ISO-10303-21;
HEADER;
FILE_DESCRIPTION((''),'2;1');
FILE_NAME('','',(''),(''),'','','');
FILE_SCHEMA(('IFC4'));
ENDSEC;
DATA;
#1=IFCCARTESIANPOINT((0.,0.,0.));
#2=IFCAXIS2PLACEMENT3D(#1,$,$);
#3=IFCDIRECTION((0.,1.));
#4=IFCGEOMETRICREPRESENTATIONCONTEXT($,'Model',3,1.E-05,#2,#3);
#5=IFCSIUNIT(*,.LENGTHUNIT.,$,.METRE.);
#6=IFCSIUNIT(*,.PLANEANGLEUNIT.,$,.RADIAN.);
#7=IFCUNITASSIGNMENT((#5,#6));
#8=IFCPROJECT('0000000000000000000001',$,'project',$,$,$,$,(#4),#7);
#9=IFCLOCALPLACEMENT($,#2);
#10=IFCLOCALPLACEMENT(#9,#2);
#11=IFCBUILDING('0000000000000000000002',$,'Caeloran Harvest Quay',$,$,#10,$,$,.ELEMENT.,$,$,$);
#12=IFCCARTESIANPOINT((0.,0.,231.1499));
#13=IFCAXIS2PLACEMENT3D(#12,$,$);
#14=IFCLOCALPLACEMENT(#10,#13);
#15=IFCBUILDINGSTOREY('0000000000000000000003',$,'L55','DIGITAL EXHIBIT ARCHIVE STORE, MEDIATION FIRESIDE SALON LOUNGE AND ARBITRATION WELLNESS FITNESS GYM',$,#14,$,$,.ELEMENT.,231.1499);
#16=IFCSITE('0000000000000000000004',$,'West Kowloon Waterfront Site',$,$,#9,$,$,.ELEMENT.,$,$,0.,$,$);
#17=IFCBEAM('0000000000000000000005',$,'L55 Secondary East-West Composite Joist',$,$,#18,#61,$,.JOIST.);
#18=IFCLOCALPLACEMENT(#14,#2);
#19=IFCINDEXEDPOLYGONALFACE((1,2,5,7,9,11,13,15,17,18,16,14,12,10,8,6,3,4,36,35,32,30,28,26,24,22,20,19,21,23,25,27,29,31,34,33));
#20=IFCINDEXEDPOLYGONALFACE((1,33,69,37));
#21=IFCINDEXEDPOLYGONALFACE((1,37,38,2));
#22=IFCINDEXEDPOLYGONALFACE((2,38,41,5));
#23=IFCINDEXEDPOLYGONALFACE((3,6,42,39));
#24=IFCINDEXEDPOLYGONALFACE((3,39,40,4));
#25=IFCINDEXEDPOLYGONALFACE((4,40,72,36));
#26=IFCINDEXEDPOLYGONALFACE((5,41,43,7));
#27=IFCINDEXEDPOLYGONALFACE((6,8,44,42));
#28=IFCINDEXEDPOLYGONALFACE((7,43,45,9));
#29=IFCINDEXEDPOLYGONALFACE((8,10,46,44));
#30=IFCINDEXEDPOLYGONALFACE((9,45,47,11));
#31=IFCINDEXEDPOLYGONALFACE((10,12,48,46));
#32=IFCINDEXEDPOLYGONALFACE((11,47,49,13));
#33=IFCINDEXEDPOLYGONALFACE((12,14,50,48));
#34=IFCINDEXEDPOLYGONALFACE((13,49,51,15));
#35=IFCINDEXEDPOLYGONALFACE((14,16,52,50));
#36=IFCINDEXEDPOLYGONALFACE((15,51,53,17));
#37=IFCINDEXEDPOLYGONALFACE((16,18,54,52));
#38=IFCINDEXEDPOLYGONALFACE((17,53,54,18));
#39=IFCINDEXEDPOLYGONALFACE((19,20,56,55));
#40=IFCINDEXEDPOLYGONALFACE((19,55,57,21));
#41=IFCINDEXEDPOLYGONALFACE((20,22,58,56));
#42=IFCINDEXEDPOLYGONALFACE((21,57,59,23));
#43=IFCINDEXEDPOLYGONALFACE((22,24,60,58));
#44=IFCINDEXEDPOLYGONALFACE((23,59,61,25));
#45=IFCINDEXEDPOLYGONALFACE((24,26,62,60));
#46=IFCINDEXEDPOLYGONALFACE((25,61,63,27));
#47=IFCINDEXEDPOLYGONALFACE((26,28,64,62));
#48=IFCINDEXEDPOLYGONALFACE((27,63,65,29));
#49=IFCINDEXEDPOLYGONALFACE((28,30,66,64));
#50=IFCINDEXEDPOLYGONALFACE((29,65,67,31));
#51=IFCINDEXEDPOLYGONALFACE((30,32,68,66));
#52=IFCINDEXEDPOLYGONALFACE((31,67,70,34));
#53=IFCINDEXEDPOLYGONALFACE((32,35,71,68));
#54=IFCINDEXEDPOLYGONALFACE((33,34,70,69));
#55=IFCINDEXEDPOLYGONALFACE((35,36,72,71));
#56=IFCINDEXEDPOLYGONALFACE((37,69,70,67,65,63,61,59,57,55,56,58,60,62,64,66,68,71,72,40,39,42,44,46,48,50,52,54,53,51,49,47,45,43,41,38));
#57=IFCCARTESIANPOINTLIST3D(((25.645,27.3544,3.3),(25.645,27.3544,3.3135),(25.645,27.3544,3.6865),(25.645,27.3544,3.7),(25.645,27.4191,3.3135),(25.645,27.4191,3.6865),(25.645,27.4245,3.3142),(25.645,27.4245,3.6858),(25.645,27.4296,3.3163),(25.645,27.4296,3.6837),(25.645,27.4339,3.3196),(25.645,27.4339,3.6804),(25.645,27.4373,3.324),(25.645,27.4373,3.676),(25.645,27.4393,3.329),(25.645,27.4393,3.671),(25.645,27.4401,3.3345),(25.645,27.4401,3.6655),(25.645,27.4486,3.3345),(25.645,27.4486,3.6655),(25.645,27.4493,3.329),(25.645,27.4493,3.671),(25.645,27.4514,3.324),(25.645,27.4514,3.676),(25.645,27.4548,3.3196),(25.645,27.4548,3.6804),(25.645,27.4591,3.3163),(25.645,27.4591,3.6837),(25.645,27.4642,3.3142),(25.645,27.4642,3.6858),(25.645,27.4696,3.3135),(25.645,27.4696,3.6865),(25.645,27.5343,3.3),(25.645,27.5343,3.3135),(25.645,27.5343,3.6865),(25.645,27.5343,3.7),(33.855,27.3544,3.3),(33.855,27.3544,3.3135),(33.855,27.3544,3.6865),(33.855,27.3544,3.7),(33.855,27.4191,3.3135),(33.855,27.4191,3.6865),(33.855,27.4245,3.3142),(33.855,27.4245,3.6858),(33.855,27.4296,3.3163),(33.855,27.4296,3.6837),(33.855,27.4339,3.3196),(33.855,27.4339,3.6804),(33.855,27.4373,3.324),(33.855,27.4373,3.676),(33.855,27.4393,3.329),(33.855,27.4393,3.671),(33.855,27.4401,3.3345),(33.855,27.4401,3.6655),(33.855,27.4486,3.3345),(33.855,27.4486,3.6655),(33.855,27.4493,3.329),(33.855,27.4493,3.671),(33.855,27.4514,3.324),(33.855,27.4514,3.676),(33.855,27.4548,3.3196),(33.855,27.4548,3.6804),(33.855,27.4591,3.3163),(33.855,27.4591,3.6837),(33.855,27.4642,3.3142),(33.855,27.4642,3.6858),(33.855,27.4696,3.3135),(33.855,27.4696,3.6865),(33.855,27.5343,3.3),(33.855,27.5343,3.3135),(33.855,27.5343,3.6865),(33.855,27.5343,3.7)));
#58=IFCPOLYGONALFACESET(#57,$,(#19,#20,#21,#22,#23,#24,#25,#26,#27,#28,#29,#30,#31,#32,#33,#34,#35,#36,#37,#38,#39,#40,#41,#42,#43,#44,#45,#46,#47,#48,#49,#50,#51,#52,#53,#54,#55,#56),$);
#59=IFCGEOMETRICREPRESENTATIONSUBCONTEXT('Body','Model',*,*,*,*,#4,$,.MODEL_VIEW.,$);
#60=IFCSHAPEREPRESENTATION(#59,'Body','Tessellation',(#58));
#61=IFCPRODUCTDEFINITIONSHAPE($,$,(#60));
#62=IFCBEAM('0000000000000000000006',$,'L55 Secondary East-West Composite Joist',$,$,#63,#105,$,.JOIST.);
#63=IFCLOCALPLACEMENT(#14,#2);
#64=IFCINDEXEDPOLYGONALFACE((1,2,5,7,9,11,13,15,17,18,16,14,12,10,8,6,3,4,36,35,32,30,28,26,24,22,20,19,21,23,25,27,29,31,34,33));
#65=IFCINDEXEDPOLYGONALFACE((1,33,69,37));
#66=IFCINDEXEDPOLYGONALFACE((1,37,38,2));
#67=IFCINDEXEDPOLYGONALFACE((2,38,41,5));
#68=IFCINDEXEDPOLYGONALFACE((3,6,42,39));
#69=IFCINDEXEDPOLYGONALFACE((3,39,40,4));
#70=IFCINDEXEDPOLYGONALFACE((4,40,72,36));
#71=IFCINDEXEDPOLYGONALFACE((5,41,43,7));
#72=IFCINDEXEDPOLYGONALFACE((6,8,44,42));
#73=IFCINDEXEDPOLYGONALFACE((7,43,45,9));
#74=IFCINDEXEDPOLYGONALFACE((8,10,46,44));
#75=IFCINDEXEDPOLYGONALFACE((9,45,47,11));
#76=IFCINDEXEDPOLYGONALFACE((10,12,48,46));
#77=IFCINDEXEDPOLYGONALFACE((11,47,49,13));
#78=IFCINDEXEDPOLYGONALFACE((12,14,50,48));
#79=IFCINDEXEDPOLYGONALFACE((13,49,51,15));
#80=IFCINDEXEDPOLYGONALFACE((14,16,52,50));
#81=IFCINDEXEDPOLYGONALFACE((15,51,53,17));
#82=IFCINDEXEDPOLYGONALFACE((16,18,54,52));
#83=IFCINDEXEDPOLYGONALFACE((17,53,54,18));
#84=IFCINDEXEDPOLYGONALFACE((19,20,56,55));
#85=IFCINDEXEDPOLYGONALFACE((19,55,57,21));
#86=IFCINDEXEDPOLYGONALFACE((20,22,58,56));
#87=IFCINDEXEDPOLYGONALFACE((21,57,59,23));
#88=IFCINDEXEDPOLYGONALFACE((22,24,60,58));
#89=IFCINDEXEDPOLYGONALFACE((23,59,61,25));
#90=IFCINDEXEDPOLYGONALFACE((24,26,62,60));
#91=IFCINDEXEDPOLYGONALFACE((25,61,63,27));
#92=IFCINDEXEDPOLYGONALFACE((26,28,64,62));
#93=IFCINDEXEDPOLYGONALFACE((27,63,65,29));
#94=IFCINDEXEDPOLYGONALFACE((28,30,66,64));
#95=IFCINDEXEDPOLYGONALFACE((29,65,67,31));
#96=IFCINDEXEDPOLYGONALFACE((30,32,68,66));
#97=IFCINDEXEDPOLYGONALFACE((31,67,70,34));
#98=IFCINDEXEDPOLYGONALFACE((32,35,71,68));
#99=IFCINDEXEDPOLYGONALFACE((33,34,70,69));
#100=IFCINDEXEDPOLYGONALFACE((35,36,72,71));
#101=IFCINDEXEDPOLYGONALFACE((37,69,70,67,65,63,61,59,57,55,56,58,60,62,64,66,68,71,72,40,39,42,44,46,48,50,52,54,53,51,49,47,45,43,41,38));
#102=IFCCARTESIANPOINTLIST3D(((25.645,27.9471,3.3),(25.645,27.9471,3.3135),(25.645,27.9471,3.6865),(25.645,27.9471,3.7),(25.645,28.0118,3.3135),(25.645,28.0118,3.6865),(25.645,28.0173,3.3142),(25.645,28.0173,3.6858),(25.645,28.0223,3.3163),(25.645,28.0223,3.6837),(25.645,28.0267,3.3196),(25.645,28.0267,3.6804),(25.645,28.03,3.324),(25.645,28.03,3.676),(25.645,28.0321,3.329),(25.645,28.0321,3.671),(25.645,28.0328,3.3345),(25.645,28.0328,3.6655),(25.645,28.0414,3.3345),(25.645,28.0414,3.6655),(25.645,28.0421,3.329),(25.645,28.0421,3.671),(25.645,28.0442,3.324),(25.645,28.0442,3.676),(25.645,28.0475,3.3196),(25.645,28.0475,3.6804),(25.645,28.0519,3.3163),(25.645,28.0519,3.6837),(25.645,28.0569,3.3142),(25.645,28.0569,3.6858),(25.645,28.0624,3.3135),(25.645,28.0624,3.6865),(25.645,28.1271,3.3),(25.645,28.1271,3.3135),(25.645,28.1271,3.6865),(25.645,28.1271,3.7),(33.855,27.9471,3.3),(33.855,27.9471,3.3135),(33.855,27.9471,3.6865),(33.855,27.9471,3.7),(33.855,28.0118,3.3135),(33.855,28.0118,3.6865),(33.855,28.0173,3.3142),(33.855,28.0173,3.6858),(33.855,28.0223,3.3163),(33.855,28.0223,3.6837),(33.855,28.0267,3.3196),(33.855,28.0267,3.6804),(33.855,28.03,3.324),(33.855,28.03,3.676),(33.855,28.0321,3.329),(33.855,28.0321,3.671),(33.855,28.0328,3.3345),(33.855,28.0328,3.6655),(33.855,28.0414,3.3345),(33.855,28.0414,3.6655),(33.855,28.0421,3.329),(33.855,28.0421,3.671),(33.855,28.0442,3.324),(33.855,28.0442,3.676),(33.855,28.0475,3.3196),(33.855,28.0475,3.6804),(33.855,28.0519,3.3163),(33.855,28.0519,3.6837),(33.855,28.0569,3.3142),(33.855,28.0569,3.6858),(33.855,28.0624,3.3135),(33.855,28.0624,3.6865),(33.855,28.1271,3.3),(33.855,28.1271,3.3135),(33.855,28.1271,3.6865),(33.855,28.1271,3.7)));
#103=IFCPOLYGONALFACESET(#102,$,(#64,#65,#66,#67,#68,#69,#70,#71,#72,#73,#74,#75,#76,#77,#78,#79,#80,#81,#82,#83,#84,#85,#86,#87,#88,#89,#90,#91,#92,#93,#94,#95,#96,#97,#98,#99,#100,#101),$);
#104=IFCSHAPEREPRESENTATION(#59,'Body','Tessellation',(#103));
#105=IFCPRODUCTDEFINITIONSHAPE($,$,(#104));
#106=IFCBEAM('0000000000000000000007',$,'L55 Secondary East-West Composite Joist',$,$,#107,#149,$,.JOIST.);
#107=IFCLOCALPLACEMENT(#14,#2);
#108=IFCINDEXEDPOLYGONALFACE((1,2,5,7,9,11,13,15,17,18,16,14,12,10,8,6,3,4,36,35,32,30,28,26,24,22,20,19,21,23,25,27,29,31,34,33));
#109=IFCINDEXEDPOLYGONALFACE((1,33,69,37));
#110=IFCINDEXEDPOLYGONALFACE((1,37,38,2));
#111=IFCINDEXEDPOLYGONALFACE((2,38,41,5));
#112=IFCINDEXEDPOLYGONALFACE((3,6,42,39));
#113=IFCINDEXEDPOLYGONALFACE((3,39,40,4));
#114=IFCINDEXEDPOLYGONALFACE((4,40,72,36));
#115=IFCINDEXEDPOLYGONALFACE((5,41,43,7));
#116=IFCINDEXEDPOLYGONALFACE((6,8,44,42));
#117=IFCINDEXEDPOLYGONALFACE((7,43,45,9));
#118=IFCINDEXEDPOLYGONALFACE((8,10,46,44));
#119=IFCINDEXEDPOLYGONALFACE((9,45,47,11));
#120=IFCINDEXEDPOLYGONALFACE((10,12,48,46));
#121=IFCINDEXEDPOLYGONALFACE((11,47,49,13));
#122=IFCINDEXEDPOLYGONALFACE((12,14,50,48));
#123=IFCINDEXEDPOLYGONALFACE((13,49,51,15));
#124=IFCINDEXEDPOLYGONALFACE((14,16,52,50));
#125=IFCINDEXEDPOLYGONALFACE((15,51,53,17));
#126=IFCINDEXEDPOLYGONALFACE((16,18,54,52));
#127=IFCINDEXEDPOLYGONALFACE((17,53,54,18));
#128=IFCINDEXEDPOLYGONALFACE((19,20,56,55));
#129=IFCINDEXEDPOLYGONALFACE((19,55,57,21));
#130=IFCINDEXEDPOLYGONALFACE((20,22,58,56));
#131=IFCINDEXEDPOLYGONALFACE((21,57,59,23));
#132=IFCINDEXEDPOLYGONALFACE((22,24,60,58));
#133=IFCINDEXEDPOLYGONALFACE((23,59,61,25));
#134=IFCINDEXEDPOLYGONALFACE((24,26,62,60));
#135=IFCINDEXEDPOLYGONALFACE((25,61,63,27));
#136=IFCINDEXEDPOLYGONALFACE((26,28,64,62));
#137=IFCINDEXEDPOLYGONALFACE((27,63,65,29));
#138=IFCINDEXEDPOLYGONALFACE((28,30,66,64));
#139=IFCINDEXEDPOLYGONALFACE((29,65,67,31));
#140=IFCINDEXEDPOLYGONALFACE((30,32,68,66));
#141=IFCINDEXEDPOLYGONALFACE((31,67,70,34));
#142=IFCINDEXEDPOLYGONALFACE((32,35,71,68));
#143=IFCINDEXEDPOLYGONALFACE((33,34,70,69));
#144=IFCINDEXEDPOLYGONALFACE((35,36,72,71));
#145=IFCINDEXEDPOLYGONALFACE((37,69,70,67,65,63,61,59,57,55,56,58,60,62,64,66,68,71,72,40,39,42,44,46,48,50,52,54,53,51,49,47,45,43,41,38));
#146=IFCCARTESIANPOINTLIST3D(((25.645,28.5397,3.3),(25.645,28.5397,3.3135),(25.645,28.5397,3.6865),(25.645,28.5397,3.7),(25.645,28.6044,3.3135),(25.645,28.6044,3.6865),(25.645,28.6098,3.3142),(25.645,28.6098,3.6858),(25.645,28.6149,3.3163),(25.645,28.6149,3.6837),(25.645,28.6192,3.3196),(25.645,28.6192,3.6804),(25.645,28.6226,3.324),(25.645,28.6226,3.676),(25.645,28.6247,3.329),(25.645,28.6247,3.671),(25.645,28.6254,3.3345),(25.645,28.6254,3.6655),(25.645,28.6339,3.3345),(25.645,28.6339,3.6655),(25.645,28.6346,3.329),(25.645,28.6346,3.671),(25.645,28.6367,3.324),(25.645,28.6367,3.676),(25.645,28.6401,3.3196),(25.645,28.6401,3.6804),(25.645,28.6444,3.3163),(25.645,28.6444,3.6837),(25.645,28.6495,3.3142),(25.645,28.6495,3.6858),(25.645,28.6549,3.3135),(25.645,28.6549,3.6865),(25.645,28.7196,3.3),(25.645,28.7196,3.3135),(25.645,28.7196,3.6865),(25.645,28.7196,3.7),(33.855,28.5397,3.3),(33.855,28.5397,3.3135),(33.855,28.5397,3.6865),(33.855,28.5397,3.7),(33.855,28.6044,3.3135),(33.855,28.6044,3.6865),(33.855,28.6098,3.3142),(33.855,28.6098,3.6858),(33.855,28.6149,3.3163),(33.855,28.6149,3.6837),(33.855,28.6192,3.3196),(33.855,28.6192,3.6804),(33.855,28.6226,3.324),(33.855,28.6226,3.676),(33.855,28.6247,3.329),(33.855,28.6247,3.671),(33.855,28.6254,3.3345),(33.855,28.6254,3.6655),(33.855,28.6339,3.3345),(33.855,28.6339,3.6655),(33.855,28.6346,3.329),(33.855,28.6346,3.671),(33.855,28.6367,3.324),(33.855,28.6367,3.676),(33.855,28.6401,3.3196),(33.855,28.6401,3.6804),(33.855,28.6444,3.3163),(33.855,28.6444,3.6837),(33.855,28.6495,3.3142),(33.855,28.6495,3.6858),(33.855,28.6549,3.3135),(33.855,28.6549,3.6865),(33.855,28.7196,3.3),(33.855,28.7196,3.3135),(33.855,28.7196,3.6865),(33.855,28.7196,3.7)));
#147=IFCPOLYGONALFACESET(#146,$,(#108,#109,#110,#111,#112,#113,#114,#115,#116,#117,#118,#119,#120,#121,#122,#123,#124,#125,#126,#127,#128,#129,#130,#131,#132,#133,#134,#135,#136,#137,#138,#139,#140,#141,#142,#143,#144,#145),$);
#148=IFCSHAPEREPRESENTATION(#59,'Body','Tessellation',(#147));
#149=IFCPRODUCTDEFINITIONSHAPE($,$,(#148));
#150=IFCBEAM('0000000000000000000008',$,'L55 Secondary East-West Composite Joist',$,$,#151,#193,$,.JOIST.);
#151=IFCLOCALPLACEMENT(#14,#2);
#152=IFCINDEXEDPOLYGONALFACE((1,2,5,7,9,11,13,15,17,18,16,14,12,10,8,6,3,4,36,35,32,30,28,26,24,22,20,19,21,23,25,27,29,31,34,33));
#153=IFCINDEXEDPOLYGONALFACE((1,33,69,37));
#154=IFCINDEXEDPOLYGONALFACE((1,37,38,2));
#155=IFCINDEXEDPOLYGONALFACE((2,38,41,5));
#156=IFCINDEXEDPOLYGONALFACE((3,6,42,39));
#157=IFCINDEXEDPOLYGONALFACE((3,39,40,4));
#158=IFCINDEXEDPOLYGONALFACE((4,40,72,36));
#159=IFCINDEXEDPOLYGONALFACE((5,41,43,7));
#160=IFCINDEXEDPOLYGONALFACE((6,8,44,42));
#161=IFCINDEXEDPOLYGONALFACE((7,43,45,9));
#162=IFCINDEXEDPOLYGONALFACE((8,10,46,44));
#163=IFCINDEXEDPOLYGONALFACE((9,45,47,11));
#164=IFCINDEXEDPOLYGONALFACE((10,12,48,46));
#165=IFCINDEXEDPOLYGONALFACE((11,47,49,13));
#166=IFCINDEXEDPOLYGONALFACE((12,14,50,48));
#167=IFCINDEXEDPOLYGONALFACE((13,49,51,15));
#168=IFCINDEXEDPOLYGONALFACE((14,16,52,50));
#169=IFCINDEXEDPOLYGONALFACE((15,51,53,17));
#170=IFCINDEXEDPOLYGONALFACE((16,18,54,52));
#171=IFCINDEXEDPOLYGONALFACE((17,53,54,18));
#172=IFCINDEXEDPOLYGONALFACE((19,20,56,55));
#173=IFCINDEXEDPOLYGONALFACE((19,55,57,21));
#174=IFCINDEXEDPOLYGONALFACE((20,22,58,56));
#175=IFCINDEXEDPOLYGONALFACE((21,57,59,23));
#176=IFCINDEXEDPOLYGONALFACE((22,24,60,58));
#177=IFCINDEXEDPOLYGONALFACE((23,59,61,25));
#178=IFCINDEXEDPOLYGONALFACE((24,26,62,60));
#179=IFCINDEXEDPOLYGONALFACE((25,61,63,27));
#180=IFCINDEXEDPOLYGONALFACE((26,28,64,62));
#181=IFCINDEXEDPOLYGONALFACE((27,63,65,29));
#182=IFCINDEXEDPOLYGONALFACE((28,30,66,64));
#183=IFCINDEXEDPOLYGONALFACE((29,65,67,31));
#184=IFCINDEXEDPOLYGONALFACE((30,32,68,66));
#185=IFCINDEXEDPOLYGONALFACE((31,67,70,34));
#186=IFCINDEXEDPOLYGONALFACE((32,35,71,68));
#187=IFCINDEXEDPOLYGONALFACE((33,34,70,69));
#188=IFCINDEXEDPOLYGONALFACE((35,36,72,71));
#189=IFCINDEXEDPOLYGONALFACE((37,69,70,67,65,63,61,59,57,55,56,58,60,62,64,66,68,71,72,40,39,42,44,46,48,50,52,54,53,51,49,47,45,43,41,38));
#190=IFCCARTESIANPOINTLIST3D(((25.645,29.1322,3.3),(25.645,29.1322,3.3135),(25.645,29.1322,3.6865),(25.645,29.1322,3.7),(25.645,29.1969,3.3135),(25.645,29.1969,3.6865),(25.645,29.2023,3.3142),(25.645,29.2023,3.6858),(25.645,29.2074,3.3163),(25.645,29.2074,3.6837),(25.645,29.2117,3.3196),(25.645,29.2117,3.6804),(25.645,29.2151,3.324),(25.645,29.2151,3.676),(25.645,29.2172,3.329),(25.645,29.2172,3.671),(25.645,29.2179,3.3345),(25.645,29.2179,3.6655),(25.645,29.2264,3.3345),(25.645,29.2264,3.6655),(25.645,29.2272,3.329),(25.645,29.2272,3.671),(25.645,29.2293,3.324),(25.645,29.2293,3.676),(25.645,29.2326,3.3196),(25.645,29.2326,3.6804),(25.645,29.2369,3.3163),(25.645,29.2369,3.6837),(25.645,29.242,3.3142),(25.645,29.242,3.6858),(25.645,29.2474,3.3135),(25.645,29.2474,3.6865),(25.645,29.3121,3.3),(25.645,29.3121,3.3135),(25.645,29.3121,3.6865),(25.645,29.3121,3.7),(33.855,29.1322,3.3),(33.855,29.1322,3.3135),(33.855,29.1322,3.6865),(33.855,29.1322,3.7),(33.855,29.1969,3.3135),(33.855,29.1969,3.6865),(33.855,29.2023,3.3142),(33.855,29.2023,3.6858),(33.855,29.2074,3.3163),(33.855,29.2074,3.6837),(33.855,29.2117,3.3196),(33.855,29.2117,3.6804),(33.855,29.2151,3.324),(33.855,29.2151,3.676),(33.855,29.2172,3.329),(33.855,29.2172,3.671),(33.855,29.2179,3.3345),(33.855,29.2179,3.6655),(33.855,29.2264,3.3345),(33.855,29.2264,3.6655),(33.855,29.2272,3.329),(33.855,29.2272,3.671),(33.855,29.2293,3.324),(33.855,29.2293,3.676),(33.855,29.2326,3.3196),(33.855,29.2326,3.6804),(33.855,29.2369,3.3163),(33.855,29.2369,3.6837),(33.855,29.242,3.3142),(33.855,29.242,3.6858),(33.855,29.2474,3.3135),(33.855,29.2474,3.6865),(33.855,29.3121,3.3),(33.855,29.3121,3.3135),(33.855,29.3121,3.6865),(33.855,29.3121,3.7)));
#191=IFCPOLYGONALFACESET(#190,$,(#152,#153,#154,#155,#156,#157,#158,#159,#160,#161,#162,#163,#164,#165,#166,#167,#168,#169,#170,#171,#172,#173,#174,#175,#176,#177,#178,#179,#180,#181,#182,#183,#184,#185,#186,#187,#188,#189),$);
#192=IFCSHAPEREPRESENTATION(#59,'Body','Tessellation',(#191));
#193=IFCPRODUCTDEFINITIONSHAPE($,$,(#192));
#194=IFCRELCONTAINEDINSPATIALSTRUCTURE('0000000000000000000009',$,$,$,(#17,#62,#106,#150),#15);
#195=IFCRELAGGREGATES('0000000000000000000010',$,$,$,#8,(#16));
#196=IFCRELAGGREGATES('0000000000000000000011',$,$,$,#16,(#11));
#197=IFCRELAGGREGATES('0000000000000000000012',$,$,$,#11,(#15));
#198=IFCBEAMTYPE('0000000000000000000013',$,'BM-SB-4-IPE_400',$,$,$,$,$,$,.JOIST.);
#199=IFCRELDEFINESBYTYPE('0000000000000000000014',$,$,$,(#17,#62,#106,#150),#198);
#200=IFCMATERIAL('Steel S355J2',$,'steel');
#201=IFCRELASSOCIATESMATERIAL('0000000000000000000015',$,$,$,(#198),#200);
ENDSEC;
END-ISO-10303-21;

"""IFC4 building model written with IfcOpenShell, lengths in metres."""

from ifc_helpers import new_model, si_unit, direction, frame, origin, origin_2d, place, context, subcontext, project, spatial, i_section, extrude, material, material_profile, profile_set, type_object, element, save


model = new_model("IFC4")

# Units and contexts
model_context = context("Model", 3, precision=1e-05, world=origin(), true_north=direction((0.0, 1.0)))
body_context = subcontext(model_context, "Body", "Model", "MODEL_VIEW")
ifc_project = project(units=[si_unit("LENGTHUNIT", "METRE"), si_unit("PLANEANGLEUNIT", "RADIAN")], contexts=[model_context])

# Site, building, storey
site_placement = place(None, origin())
site = spatial("IfcSite", under=ifc_project, at=site_placement, Name="West Kowloon Waterfront Site", CompositionType="ELEMENT", RefElevation=0.0)
building_placement = place(site_placement, origin())
building = spatial("IfcBuilding", under=site, at=building_placement, Name="Caeloran Harvest Quay", CompositionType="ELEMENT")
storey_placement = place(building_placement, frame((0.0, 0.0, 231.1499)))
storey = spatial("IfcBuildingStorey", under=building, at=storey_placement, Name="L55", Description="DIGITAL EXHIBIT ARCHIVE STORE, MEDIATION FIRESIDE SALON LOUNGE AND ARBITRATION WELLNESS FITNESS GYM", CompositionType="ELEMENT", Elevation=231.1499)

# Beams
ifc_material_1 = material(Name="Steel S355J2", Category="steel")
ifc_material_profile_1 = material_profile(ifc_material_1, i_section(OverallWidth=0.1799, OverallDepth=0.3999, WebThickness=0.0085, FlangeThickness=0.0134, FilletRadius=0.021, at=origin_2d()), Name="IPE 400")
ifc_profile_set_1 = profile_set([ifc_material_profile_1], Name="Steel S355J2")
beam_type_1 = type_object("IfcBeamType", Name="BM-SB-4-IPE_400", PredefinedType="JOIST", material=ifc_profile_set_1)
for number, where, z_axis, x_axis, name in (
    (1, (25.645, 27.4443, 3.5), (1.0, 0.0, 0.0), (0.0, 1.0, 0.0), "L55 Secondary East-West Composite Joist"),
    (2, (25.645, 28.0371, 3.5), (1.0, 0.0, 0.0), (0.0, 1.0, 0.0), "L55 Secondary East-West Composite Joist"),
    (3, (25.645, 28.6296, 3.5), (1.0, 0.0, 0.0), (0.0, 1.0, 0.0), "L55 Secondary East-West Composite Joist"),
    (4, (25.645, 29.2222, 3.5), (1.0, 0.0, 0.0), (0.0, 1.0, 0.0), "L55 Secondary East-West Composite Joist"),
):
    element("IfcBeam", number, at=place(storey_placement, frame(where, z_axis=z_axis, x_axis=x_axis)), inside=storey, type_object=beam_type_1, Name=name, PredefinedType="JOIST", context=body_context, shape_type="SweptSolid", body=[
        extrude(i_section(OverallWidth=0.1799, OverallDepth=0.3999, WebThickness=0.0085, FlangeThickness=0.0134, FilletRadius=0.021, at=origin_2d()), origin(), (0.0, 0.0, 1.0), 8.21),
    ])

save(model, "model.ifc")
